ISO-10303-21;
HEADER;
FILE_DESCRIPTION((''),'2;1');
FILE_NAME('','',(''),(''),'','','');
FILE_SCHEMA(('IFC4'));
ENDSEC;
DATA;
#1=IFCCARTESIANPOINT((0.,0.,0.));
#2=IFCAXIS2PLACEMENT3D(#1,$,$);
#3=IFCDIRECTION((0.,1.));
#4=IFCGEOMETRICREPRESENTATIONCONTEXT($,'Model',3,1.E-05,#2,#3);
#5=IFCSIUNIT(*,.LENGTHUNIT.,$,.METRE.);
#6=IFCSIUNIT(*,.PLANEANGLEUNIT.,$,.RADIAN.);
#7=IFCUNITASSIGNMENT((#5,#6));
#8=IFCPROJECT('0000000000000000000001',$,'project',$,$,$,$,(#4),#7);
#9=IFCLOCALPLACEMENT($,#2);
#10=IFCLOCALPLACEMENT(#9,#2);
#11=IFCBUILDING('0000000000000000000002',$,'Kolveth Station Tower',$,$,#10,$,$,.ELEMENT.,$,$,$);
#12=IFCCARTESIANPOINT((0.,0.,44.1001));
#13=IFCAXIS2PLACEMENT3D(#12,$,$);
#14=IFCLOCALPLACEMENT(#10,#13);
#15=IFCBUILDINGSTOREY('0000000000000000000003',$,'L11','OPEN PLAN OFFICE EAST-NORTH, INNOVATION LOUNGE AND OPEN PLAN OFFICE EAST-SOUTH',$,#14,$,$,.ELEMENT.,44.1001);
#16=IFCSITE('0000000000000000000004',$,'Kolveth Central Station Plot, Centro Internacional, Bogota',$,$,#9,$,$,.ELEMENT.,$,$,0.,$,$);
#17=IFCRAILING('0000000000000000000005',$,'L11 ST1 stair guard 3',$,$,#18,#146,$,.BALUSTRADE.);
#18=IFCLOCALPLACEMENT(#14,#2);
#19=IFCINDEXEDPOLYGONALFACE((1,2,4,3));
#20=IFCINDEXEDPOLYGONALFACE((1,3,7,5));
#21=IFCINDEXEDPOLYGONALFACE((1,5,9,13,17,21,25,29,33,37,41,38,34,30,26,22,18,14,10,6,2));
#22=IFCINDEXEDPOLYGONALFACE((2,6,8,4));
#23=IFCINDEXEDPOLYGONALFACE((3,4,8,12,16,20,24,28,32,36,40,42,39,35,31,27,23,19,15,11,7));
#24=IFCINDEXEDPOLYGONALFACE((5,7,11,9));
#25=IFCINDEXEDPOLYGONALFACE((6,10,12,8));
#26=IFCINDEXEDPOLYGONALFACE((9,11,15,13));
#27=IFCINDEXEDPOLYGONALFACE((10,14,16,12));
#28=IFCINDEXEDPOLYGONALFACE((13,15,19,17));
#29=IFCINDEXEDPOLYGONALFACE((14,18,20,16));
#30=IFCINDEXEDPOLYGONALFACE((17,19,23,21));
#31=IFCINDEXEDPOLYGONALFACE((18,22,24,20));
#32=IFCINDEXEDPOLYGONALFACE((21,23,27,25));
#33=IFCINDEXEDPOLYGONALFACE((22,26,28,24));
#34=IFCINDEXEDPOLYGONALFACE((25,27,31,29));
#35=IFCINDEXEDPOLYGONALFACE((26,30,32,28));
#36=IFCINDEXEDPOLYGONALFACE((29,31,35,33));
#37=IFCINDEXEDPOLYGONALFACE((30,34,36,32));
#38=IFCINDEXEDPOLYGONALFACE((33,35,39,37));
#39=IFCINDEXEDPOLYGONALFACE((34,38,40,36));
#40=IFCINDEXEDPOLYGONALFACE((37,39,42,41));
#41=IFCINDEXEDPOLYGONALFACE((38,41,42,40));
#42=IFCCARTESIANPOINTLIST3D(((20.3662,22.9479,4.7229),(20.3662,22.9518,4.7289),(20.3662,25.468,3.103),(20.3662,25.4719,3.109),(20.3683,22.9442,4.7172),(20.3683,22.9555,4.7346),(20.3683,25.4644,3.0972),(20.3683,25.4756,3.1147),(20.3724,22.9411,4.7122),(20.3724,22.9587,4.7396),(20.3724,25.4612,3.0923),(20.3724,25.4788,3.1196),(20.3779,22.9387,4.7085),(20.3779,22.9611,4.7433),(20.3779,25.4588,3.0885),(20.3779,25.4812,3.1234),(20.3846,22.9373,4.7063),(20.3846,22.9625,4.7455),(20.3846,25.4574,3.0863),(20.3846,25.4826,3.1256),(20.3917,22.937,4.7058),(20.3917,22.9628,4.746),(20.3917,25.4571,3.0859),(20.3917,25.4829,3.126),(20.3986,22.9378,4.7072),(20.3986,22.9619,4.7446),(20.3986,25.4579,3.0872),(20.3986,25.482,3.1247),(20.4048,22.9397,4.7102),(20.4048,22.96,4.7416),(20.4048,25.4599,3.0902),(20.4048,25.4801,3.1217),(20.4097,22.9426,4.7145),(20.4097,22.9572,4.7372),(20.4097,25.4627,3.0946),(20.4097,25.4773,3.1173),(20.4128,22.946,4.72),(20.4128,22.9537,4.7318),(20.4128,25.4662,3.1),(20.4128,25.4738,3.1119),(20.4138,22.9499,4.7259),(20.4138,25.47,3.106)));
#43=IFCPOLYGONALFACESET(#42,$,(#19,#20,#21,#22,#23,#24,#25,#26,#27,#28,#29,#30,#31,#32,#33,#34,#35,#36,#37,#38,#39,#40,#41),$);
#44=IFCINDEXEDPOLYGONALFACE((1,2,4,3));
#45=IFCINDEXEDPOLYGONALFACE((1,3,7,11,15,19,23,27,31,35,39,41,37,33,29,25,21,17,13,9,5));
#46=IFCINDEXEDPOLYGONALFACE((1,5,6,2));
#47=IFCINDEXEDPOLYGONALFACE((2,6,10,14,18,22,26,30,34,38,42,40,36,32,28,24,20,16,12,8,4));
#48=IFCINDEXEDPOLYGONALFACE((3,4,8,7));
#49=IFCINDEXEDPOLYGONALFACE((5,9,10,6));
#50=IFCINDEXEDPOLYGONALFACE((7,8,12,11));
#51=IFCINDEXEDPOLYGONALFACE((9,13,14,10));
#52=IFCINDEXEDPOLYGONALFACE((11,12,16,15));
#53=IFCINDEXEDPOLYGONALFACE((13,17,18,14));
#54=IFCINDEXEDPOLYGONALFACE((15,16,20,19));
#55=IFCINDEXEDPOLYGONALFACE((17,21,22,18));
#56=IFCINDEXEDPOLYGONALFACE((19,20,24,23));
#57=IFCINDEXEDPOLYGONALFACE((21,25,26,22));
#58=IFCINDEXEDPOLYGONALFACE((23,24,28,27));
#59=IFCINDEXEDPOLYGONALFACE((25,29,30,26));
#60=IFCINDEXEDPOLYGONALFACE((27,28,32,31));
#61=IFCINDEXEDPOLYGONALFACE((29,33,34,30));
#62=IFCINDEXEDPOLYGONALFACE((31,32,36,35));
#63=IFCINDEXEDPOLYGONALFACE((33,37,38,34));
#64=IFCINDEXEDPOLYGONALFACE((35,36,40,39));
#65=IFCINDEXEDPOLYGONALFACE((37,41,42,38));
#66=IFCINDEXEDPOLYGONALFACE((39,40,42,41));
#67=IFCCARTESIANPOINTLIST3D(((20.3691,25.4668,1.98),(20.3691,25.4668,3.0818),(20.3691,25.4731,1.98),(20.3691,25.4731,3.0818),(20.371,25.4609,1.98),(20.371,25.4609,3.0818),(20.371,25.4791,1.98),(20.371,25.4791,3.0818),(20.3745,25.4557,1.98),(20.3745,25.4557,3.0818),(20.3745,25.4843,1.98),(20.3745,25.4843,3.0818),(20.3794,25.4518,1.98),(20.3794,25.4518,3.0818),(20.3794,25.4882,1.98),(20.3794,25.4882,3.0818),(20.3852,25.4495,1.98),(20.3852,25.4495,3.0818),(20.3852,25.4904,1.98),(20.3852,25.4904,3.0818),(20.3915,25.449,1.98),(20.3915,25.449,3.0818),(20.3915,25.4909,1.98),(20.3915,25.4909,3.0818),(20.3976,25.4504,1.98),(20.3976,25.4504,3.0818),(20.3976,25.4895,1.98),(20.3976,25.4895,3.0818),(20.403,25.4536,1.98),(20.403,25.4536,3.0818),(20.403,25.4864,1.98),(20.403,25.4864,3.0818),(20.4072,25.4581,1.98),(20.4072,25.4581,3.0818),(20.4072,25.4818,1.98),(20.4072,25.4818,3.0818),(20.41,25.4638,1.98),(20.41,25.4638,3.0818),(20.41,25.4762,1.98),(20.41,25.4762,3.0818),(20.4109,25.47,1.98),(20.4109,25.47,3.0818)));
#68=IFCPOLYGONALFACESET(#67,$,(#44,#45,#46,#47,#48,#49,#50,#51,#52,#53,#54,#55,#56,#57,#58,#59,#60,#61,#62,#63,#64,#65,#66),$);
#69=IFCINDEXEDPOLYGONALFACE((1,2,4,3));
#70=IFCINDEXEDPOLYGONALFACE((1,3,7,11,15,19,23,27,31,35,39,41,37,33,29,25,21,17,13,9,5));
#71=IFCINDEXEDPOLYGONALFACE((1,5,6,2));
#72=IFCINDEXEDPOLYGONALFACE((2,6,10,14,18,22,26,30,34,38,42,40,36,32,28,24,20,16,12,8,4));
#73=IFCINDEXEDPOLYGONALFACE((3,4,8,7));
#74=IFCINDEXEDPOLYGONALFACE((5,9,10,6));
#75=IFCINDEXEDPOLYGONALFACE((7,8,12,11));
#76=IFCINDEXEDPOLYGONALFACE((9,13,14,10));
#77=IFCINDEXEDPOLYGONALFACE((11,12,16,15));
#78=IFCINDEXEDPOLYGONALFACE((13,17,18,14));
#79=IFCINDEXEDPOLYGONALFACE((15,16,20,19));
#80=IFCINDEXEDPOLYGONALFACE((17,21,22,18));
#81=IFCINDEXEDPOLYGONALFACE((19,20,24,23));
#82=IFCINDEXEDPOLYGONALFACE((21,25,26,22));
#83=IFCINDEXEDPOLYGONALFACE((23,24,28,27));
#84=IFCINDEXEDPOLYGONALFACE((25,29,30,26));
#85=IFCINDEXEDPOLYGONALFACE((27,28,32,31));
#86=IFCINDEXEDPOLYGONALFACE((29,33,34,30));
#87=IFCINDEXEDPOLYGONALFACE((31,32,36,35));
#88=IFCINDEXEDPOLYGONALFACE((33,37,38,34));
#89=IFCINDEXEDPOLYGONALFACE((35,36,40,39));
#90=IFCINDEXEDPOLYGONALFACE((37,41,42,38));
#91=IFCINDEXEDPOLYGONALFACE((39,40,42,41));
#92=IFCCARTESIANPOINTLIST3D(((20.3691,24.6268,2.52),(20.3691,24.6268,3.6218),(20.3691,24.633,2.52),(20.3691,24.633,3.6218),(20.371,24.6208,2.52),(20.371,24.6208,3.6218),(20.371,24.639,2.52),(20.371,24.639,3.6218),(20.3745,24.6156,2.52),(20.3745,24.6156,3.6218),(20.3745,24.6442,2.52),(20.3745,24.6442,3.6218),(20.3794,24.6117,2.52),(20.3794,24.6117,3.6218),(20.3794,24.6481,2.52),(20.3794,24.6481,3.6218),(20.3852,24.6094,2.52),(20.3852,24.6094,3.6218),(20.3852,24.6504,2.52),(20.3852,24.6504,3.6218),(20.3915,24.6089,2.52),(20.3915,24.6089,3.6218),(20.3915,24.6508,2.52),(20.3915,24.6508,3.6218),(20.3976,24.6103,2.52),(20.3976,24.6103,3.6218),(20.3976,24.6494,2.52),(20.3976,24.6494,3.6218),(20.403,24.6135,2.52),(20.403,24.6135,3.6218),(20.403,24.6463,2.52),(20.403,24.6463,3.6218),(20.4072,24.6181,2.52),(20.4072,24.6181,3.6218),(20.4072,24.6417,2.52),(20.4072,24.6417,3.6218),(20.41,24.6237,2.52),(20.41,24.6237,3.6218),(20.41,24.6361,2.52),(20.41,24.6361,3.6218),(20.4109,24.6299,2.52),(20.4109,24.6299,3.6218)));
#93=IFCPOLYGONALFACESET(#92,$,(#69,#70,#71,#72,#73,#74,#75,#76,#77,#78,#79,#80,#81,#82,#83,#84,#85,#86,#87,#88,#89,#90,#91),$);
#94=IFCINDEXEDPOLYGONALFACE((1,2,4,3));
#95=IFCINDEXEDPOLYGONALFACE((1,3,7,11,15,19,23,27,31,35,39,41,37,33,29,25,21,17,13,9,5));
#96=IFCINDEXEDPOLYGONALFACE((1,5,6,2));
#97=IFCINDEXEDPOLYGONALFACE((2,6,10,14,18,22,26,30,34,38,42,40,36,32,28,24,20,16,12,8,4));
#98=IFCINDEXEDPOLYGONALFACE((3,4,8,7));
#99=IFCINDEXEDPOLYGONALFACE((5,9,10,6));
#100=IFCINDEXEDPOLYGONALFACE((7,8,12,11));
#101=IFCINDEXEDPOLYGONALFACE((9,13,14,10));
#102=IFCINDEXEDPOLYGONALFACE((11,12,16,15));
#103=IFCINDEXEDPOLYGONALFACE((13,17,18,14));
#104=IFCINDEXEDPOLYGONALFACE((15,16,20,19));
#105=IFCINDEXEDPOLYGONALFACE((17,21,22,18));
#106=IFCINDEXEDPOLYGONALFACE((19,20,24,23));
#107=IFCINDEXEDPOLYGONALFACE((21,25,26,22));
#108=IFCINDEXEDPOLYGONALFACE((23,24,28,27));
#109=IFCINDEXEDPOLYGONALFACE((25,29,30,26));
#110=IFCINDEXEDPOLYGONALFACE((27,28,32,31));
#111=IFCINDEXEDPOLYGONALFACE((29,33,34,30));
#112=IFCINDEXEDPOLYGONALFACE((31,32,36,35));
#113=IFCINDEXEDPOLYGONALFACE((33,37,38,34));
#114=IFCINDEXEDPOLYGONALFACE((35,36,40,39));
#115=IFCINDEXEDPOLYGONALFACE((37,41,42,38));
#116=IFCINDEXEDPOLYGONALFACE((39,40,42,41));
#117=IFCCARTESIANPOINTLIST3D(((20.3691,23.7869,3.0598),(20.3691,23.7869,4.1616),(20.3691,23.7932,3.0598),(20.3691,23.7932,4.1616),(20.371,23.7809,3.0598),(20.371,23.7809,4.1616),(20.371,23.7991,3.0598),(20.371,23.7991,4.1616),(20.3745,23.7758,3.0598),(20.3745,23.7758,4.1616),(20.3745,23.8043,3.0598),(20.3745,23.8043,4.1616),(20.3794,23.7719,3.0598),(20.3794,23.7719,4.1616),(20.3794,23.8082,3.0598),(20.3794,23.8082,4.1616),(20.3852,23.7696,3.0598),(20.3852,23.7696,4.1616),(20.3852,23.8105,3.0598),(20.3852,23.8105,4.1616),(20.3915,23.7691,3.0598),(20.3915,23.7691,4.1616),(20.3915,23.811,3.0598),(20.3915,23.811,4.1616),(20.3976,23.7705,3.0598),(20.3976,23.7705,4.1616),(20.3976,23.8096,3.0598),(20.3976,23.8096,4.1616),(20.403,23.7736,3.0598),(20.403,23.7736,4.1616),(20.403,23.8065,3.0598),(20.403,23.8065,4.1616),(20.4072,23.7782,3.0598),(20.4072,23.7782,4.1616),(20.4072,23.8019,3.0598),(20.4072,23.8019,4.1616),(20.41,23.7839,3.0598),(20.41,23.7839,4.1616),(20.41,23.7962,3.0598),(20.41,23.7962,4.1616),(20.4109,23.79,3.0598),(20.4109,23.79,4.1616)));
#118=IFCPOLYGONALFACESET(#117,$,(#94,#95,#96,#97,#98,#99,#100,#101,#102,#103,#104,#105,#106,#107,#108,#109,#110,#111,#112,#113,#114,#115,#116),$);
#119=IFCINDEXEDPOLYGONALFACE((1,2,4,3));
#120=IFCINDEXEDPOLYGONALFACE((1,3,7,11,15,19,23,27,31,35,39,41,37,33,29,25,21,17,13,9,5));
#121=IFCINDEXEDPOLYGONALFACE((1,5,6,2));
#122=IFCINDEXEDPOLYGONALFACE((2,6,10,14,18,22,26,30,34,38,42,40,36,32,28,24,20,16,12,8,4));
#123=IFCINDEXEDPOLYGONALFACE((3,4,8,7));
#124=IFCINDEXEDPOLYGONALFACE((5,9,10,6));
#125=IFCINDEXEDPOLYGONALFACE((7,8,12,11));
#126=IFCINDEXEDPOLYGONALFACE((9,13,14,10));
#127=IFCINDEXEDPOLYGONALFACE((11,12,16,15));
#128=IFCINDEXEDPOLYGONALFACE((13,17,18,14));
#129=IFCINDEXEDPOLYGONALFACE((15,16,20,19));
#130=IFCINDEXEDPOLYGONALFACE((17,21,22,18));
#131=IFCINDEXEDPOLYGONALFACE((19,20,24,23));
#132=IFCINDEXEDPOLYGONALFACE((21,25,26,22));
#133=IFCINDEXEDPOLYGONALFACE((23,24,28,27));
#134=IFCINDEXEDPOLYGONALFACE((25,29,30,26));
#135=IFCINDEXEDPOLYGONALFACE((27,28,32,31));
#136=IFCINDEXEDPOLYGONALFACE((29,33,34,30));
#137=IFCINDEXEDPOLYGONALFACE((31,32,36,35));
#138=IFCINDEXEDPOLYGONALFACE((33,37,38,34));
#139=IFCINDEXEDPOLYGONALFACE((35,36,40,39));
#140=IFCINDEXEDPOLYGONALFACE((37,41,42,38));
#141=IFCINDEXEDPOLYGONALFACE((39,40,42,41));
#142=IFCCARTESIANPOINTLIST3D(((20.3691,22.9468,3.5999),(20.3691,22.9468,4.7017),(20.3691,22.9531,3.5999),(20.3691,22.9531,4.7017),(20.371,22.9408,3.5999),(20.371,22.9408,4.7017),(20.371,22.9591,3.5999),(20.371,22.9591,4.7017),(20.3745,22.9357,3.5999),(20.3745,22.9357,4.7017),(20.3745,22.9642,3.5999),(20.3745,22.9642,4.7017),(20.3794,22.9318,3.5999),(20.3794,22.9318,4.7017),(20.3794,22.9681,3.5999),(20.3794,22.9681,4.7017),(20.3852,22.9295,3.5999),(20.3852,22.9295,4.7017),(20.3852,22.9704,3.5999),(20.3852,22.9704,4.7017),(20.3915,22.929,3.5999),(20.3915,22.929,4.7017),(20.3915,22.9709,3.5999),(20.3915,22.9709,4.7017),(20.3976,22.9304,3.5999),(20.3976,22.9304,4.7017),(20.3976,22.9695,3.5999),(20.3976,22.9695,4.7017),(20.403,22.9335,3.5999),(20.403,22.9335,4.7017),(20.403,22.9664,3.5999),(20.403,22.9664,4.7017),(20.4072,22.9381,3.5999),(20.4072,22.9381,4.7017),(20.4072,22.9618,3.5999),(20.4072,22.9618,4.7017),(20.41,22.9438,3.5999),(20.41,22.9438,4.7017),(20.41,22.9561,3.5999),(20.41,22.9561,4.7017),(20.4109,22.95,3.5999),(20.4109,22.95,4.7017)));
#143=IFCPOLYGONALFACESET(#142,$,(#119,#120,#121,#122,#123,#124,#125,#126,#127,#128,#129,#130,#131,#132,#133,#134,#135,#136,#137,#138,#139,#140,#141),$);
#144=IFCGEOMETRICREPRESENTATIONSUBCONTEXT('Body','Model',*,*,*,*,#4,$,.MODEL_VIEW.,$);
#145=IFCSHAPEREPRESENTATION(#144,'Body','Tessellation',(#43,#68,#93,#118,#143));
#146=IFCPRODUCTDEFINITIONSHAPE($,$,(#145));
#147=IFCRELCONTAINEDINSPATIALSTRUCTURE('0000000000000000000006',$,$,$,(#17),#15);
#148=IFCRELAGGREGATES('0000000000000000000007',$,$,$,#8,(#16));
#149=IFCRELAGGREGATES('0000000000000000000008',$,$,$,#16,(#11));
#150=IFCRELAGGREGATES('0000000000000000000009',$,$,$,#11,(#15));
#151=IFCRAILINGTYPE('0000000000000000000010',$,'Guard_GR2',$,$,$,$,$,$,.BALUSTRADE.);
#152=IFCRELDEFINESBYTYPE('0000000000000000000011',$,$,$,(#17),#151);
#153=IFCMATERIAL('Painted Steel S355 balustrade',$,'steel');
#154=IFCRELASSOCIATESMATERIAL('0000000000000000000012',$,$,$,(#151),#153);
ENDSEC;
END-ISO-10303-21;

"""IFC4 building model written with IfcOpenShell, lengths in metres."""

from ifc_helpers import new_model, si_unit, direction, frame, origin, origin_2d, place, context, subcontext, project, spatial, circle, extrude, material, type_object, element, save


model = new_model("IFC4")

# Units and contexts
model_context = context("Model", 3, precision=1e-05, world=origin(), true_north=direction((0.0, 1.0)))
body_context = subcontext(model_context, "Body", "Model", "MODEL_VIEW")
ifc_project = project(units=[si_unit("LENGTHUNIT", "METRE"), si_unit("PLANEANGLEUNIT", "RADIAN")], contexts=[model_context])

# Site, building, storey
site_placement = place(None, origin())
site = spatial("IfcSite", under=ifc_project, at=site_placement, Name="Kolveth Central Station Plot, Centro Internacional, Bogota", CompositionType="ELEMENT", RefElevation=0.0)
building_placement = place(site_placement, origin())
building = spatial("IfcBuilding", under=site, at=building_placement, Name="Kolveth Station Tower", CompositionType="ELEMENT")
storey_placement = place(building_placement, frame((0.0, 0.0, 44.1001)))
storey = spatial("IfcBuildingStorey", under=building, at=storey_placement, Name="L11", Description="OPEN PLAN OFFICE EAST-NORTH, INNOVATION LOUNGE AND OPEN PLAN OFFICE EAST-SOUTH", CompositionType="ELEMENT", Elevation=44.1001)

# Railing
ifc_material_1 = material(Name="Painted Steel S355 balustrade", Category="steel")
railing_type_1 = type_object("IfcRailingType", Name="Guard_GR2", PredefinedType="BALUSTRADE", material=ifc_material_1)
railing_1_placement = place(storey_placement, frame((20.3899, 25.47, 1.98)))
element("IfcRailing", 1, at=railing_1_placement, inside=storey, type_object=railing_type_1, Name="L11 ST1 stair guard 3", PredefinedType="BALUSTRADE", context=body_context, shape_type="SweptSolid", body=[
    extrude(circle(Radius=0.0239, at=origin_2d()), frame((0.0, 0.0, 1.126), z_axis=(0.0, -0.8412, 0.540725), x_axis=(1.0, 0.0, 0.0)), (0.0, 0.0, 1.0), 2.9958),
    extrude(circle(Radius=0.021, at=origin_2d()), origin(), (0.0, 0.0, 1.0), 1.1018),
    extrude(circle(Radius=0.021, at=origin_2d()), frame((0.0, -0.8401, 0.54)), (0.0, 0.0, 1.0), 1.1018),
    extrude(circle(Radius=0.021, at=origin_2d()), frame((0.0, -1.6799, 1.0798)), (0.0, 0.0, 1.0), 1.1018),
    extrude(circle(Radius=0.021, at=origin_2d()), frame((0.0, -2.52, 1.6199)), (0.0, 0.0, 1.0), 1.1018),
])

save(model, "model.ifc")
